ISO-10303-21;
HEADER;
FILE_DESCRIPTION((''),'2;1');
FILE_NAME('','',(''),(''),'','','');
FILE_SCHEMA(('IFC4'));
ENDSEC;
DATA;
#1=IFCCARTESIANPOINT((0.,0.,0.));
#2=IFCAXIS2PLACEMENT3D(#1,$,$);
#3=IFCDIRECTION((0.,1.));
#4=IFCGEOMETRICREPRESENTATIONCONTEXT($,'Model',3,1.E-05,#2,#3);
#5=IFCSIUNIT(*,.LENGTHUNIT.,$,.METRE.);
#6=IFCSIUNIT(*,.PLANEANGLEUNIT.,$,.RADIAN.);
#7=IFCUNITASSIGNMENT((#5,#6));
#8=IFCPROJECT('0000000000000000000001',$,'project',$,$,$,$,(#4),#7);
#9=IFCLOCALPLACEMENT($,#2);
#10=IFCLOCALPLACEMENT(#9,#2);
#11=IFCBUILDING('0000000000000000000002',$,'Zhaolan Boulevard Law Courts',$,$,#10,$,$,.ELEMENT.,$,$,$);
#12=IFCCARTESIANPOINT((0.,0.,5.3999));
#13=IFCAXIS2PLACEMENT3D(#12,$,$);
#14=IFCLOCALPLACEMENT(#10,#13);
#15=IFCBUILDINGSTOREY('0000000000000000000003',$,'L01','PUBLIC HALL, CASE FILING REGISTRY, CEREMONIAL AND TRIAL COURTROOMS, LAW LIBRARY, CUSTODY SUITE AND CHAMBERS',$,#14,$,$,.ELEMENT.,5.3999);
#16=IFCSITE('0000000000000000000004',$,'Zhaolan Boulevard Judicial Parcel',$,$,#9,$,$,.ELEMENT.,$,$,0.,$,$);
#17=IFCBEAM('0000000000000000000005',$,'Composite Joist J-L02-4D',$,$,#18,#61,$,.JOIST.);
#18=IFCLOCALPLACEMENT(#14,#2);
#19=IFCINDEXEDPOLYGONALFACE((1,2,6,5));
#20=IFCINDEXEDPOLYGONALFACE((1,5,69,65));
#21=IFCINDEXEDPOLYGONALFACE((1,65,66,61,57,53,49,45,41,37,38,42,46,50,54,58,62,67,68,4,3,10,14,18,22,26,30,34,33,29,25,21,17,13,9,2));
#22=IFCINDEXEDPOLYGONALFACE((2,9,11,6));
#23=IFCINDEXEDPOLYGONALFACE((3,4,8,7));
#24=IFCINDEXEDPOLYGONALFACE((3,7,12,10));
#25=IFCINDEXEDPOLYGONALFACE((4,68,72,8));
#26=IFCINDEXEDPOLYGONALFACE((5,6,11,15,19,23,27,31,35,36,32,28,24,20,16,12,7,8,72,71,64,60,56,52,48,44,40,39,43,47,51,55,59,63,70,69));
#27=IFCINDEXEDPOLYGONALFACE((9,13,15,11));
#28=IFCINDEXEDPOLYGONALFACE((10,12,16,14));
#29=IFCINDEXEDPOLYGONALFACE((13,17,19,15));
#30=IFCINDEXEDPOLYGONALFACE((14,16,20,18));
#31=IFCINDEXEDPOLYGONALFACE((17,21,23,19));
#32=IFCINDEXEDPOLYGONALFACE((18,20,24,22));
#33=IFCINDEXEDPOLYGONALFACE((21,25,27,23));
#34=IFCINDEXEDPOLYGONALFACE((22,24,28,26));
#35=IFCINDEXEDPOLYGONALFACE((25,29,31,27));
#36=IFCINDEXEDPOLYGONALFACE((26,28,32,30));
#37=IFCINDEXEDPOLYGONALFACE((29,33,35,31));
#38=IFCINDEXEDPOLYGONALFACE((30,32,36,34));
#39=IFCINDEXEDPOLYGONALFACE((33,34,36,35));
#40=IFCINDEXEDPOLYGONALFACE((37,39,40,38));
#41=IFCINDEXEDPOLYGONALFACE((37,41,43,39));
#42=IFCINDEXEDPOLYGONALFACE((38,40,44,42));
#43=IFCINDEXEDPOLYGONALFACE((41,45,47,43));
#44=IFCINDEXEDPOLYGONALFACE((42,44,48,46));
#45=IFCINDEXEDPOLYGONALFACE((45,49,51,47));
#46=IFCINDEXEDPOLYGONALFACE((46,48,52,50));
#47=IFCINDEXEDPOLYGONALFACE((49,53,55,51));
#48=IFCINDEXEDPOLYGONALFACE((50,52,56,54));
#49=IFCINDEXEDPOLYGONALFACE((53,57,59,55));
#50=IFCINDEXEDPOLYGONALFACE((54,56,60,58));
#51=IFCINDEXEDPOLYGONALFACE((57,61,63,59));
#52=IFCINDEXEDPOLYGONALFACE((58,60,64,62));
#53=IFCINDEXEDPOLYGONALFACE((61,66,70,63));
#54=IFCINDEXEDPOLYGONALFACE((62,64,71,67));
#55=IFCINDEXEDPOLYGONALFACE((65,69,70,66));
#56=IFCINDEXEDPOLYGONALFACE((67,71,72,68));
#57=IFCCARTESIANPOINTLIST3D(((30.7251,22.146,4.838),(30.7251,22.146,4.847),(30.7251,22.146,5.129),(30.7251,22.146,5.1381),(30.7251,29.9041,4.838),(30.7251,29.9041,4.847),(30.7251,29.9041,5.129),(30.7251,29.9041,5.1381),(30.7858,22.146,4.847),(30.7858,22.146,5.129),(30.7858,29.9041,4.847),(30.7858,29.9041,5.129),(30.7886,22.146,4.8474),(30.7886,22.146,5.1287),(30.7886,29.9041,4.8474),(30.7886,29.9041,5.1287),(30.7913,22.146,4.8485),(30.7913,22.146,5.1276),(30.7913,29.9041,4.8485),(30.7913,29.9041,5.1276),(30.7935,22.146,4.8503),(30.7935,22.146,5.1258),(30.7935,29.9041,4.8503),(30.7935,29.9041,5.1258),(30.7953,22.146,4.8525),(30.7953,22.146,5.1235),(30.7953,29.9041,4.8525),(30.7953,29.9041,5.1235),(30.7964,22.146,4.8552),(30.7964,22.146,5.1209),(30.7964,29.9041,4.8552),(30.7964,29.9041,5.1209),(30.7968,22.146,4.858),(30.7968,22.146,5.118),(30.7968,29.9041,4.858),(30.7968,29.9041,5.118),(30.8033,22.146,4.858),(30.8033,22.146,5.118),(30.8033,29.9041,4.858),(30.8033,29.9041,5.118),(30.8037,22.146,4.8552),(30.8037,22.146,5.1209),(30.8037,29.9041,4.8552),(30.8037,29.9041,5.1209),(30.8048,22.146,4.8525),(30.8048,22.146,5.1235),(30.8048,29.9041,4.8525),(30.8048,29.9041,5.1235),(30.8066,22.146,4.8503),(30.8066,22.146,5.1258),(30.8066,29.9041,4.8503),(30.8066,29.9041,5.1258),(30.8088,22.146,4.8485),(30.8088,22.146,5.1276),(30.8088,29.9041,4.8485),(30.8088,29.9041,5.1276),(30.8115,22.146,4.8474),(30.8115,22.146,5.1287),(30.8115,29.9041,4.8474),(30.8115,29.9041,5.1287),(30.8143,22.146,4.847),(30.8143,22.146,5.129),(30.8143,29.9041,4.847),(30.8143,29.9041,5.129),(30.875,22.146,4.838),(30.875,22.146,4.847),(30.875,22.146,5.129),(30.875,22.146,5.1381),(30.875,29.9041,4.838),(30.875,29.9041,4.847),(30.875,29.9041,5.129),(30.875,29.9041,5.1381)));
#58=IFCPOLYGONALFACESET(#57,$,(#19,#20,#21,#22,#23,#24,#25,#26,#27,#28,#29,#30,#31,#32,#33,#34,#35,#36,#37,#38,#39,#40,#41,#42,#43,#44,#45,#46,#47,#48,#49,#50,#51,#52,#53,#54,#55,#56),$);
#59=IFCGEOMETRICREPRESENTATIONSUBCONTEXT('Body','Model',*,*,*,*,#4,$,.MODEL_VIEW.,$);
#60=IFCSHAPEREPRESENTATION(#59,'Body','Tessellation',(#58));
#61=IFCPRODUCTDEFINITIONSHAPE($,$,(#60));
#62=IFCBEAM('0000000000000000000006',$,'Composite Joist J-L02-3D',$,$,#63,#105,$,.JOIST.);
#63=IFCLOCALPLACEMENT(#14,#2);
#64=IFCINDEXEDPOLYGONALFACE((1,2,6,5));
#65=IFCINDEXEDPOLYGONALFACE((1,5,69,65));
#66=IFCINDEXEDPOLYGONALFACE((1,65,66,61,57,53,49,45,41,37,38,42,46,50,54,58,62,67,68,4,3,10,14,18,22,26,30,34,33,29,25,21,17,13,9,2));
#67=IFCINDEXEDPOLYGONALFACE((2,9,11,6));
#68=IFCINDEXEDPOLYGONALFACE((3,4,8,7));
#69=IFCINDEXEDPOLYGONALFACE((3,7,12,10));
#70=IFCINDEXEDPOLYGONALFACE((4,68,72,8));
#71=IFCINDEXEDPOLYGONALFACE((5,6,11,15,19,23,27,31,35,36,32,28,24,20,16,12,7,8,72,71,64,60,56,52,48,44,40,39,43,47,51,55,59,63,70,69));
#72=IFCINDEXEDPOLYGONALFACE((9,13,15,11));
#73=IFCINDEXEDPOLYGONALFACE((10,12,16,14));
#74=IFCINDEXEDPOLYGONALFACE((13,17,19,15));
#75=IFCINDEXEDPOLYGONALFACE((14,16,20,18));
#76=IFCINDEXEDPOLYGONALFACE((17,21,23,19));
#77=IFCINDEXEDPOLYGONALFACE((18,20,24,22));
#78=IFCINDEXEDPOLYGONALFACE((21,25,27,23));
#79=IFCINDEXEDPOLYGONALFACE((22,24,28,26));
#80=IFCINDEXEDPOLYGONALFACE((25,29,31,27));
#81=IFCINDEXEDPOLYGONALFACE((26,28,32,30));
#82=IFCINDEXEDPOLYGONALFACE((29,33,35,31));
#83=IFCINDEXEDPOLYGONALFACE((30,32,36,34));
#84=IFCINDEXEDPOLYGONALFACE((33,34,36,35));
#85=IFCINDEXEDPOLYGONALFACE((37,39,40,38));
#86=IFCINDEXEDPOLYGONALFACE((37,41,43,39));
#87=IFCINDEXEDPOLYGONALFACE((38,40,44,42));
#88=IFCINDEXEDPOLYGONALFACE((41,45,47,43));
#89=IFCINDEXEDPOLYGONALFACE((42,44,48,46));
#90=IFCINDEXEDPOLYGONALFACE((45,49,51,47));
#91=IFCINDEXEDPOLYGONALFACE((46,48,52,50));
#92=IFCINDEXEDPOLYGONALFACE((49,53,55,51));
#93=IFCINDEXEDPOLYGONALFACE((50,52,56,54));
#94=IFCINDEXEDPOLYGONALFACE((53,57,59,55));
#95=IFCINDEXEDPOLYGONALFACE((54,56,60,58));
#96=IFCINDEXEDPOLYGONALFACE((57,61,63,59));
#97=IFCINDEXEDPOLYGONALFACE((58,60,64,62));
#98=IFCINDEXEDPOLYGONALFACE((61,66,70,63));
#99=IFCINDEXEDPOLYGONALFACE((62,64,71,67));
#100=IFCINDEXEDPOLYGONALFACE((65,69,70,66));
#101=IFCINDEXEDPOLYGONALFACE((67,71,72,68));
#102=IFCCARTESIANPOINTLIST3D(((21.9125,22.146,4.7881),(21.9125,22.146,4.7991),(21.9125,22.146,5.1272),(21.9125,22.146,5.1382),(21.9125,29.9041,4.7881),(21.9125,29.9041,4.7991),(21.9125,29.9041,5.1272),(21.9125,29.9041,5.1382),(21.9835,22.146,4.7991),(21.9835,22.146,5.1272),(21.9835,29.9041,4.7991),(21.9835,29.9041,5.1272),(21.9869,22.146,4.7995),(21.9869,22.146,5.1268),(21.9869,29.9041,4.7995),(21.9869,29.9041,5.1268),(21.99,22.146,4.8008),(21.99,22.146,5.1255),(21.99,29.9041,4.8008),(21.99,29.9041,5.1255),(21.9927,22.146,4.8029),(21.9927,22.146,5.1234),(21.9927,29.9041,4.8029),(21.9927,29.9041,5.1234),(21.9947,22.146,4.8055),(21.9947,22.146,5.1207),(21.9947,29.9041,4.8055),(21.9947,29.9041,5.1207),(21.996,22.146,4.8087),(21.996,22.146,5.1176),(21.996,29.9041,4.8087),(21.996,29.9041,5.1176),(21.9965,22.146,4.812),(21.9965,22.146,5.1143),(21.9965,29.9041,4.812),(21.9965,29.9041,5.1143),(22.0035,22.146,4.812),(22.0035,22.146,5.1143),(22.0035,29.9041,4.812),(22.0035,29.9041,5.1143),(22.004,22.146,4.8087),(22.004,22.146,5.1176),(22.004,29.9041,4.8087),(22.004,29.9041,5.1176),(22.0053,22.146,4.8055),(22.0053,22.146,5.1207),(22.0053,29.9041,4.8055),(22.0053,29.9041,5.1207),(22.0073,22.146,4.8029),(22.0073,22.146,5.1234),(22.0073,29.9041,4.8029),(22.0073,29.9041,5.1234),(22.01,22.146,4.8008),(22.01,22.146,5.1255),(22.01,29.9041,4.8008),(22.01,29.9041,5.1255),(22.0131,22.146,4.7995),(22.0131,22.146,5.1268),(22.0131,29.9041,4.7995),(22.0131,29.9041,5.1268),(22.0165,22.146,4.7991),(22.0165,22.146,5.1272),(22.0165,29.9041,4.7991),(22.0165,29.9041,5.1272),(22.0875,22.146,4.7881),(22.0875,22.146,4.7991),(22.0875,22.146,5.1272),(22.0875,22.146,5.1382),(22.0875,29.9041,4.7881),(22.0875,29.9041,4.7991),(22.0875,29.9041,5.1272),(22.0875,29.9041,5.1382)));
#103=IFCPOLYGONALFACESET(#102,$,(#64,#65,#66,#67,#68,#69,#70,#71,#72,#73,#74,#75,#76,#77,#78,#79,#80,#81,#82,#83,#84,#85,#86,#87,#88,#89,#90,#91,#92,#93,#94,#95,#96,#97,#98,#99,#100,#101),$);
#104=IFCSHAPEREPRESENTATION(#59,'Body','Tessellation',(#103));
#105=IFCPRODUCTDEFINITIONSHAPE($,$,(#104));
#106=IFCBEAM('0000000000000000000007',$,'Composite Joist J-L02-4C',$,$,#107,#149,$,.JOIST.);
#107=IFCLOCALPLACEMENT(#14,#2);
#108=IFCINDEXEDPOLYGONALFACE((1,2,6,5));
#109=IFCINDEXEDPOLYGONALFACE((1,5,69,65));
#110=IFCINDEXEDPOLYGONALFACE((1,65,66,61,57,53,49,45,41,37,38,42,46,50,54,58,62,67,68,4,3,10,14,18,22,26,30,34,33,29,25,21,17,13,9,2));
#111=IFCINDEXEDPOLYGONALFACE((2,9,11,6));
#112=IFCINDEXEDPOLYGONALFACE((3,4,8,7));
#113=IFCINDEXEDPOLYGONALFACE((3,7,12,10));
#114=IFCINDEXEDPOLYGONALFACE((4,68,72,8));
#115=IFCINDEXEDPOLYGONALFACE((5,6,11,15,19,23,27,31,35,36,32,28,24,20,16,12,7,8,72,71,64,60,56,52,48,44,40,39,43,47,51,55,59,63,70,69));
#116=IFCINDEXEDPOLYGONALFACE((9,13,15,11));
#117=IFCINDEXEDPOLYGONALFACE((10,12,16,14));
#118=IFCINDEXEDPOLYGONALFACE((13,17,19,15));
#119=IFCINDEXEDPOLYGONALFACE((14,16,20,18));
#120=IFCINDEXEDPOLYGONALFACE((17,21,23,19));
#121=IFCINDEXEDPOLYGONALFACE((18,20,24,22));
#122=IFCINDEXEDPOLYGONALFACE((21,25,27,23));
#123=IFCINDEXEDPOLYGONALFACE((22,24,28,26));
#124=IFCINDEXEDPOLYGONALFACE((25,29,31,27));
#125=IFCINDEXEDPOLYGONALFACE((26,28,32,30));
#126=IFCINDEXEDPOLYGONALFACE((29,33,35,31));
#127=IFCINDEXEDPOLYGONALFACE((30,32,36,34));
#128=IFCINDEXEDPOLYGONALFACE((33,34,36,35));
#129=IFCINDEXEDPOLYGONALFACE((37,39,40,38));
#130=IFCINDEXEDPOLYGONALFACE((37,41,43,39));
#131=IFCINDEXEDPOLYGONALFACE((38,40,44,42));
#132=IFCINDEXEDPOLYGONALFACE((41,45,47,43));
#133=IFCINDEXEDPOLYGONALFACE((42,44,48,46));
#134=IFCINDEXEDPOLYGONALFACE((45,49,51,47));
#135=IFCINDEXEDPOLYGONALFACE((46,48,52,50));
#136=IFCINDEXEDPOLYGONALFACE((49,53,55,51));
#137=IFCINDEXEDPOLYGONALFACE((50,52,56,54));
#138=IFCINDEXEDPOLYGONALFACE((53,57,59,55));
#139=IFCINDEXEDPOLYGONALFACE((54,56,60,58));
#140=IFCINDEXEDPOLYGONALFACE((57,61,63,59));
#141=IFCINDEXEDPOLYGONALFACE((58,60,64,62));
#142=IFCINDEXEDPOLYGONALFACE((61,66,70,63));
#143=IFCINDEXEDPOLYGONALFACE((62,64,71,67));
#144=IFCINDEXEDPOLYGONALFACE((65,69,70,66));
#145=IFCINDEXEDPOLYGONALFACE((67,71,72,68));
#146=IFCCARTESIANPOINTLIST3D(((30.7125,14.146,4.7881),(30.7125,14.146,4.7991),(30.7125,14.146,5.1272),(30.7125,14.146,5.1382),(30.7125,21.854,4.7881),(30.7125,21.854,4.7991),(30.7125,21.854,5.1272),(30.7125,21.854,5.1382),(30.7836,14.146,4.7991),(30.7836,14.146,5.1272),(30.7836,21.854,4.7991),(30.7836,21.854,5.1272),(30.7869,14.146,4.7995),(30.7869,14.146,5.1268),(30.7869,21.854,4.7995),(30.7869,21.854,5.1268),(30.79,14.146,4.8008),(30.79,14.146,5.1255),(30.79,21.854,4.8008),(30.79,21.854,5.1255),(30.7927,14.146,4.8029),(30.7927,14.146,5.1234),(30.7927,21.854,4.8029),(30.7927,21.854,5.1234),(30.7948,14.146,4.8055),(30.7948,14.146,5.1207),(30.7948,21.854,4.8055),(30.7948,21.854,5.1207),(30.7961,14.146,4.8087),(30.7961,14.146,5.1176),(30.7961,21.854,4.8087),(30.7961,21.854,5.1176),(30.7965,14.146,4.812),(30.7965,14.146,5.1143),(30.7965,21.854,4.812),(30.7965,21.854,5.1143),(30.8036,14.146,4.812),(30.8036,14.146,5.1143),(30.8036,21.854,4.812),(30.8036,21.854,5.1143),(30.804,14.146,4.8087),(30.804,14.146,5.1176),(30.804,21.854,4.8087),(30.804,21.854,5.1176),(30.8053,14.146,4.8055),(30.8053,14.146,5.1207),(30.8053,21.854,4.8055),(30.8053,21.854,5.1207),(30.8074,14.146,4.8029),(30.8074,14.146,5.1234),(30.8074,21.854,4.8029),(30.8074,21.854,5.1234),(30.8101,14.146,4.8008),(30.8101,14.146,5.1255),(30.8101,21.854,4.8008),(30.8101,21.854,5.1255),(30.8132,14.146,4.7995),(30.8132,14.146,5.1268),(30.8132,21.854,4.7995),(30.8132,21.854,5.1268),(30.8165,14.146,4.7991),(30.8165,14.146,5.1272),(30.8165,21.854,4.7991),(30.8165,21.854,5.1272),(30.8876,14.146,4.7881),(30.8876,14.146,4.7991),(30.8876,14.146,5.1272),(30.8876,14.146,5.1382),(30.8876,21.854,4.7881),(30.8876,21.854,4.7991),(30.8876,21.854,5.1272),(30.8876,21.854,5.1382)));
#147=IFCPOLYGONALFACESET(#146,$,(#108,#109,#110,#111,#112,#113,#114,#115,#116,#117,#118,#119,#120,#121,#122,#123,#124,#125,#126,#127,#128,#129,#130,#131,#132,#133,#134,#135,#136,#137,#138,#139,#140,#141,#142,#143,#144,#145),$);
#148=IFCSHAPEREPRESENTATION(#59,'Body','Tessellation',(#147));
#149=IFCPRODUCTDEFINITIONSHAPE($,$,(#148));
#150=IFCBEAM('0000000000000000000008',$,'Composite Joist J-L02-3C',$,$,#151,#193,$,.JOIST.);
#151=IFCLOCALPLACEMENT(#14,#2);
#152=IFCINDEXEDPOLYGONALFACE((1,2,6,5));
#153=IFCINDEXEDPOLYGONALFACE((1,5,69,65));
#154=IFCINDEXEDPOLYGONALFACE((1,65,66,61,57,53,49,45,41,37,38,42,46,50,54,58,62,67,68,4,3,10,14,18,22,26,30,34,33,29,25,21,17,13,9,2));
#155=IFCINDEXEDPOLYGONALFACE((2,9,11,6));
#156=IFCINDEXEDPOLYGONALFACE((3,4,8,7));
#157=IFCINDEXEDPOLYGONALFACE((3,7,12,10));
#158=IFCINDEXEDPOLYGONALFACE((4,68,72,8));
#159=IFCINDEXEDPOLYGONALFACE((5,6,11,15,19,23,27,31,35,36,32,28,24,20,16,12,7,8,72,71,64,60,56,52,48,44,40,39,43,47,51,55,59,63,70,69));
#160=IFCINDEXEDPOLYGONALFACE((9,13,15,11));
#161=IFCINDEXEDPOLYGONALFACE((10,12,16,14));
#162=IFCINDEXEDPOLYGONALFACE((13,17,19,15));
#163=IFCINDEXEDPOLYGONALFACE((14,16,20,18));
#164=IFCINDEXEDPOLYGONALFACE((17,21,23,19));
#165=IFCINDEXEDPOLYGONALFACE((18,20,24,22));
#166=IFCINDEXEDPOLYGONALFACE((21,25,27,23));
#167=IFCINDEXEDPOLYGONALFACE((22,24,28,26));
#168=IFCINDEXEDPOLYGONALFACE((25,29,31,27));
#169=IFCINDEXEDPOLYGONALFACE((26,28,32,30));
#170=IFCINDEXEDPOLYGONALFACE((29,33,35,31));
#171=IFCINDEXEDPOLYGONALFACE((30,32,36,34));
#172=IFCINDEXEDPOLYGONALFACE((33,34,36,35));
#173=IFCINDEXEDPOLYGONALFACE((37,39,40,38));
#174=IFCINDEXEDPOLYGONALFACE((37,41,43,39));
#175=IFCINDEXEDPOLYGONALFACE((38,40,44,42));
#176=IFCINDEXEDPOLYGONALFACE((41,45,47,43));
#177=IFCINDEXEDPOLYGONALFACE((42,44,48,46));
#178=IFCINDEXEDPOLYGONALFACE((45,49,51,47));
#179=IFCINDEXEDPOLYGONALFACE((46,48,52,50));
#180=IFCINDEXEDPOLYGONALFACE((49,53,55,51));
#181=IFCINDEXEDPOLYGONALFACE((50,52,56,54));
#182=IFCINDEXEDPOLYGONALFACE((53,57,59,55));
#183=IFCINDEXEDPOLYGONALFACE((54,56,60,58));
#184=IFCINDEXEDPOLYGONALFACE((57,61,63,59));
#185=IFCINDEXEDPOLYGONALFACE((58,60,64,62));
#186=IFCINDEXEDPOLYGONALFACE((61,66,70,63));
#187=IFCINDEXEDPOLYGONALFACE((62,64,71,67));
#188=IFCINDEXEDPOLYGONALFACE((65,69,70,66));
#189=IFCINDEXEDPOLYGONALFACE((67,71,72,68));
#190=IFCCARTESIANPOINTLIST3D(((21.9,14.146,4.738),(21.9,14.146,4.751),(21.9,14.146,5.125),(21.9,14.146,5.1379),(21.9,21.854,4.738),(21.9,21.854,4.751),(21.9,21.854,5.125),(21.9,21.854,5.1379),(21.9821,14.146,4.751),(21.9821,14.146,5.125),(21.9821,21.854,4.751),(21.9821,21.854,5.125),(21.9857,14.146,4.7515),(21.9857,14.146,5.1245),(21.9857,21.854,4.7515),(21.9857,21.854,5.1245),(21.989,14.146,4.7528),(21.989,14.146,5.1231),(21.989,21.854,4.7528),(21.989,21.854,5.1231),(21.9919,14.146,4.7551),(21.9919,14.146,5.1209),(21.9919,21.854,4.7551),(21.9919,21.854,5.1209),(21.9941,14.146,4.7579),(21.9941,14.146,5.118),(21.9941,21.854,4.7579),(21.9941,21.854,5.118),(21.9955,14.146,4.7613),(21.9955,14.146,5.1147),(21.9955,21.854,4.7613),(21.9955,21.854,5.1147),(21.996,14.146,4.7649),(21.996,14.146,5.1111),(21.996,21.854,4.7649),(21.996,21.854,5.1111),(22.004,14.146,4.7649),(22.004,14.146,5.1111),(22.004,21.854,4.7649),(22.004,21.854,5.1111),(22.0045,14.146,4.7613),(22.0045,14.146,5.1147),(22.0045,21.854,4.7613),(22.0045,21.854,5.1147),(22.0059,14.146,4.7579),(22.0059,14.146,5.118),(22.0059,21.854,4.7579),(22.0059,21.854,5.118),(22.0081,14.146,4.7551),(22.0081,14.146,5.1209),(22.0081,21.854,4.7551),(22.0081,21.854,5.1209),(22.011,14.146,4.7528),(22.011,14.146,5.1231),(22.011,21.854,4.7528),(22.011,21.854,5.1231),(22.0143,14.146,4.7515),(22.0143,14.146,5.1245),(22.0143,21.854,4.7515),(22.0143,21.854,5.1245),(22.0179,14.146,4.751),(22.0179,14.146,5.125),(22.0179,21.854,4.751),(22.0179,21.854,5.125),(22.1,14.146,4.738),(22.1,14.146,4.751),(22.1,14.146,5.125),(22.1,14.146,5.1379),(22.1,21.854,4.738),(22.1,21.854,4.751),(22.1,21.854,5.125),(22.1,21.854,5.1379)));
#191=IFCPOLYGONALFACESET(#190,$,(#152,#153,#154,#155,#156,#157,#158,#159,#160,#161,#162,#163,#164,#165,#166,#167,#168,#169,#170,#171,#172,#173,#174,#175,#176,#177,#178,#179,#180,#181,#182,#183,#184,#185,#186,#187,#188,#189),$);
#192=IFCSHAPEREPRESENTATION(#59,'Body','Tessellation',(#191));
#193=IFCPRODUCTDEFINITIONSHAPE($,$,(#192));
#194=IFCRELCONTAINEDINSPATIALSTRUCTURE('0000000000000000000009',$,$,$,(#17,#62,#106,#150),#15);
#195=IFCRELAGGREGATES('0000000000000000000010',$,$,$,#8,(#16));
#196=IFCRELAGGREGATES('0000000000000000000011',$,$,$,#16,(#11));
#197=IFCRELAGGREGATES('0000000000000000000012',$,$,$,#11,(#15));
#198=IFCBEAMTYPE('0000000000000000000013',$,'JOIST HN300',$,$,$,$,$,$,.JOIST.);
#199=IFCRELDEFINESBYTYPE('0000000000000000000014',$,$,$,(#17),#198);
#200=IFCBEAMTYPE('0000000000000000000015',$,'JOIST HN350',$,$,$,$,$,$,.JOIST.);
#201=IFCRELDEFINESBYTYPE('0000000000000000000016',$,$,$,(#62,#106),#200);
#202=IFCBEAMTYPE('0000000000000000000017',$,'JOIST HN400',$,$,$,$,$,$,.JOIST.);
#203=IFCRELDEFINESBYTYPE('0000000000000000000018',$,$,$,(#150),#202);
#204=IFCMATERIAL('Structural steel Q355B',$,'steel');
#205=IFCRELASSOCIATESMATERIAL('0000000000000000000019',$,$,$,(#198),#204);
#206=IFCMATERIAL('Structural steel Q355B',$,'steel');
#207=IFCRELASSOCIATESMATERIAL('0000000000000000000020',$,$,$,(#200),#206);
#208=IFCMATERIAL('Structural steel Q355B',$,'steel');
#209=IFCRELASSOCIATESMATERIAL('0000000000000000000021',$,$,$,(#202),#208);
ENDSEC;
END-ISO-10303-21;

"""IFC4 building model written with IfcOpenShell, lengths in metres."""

from ifc_helpers import new_model, si_unit, direction, frame, origin, origin_2d, place, context, subcontext, project, spatial, i_section, extrude, material, material_profile, profile_set, type_object, element, save


model = new_model("IFC4")

# Units and contexts
model_context = context("Model", 3, precision=1e-05, world=origin(), true_north=direction((0.0, 1.0)))
body_context = subcontext(model_context, "Body", "Model", "MODEL_VIEW")
ifc_project = project(units=[si_unit("LENGTHUNIT", "METRE"), si_unit("PLANEANGLEUNIT", "RADIAN")], contexts=[model_context])

# Site, building, storey
site_placement = place(None, origin())
site = spatial("IfcSite", under=ifc_project, at=site_placement, Name="Zhaolan Boulevard Judicial Parcel", CompositionType="ELEMENT", RefElevation=0.0)
building_placement = place(site_placement, origin())
building = spatial("IfcBuilding", under=site, at=building_placement, Name="Zhaolan Boulevard Law Courts", CompositionType="ELEMENT")
storey_placement = place(building_placement, frame((0.0, 0.0, 5.3999)))
storey = spatial("IfcBuildingStorey", under=building, at=storey_placement, Name="L01", Description="PUBLIC HALL, CASE FILING REGISTRY, CEREMONIAL AND TRIAL COURTROOMS, LAW LIBRARY, CUSTODY SUITE AND CHAMBERS", CompositionType="ELEMENT", Elevation=5.3999)

# Beams
ifc_material_1 = material(Name="Structural steel Q355B", Category="steel")
ifc_material_profile_1 = material_profile(ifc_material_1, i_section(OverallWidth=0.1499, OverallDepth=0.3, WebThickness=0.0066, FlangeThickness=0.009, FilletRadius=0.011, at=origin_2d()), Name="HN300x150")
ifc_profile_set_1 = profile_set([ifc_material_profile_1], Name="Structural steel Q355B")
beam_type_1 = type_object("IfcBeamType", Name="JOIST HN300", PredefinedType="JOIST", material=ifc_profile_set_1)
beam_1_placement = place(storey_placement, frame((30.8, 22.146, 4.988), z_axis=(0.0, 1.0, 0.0), x_axis=(-1.0, 0.0, 0.0)))
element("IfcBeam", 1, at=beam_1_placement, inside=storey, type_object=beam_type_1, Name="Composite Joist J-L02-4D", PredefinedType="JOIST", context=body_context, shape_type="SweptSolid", body=[
    extrude(i_section(OverallWidth=0.1499, OverallDepth=0.3, WebThickness=0.0066, FlangeThickness=0.009, FilletRadius=0.011, at=origin_2d()), origin(), (0.0, 0.0, 1.0), 7.7581),
])
ifc_material_2 = material(Name="Structural steel Q355B", Category="steel")
ifc_material_profile_2 = material_profile(ifc_material_2, i_section(OverallWidth=0.175, OverallDepth=0.3501, WebThickness=0.0071, FlangeThickness=0.011, FilletRadius=0.0129, at=origin_2d()), Name="HN350x175")
ifc_profile_set_2 = profile_set([ifc_material_profile_2], Name="Structural steel Q355B")
beam_type_2 = type_object("IfcBeamType", Name="JOIST HN350", PredefinedType="JOIST", material=ifc_profile_set_2)
beam_2_placement = place(storey_placement, frame((22.0, 22.146, 4.9631), z_axis=(0.0, 1.0, 0.0), x_axis=(-1.0, 0.0, 0.0)))
element("IfcBeam", 2, at=beam_2_placement, inside=storey, type_object=beam_type_2, Name="Composite Joist J-L02-3D", PredefinedType="JOIST", context=body_context, shape_type="SweptSolid", body=[
    extrude(i_section(OverallWidth=0.175, OverallDepth=0.3501, WebThickness=0.0071, FlangeThickness=0.011, FilletRadius=0.0129, at=origin_2d()), origin(), (0.0, 0.0, 1.0), 7.7581),
])
beam_3_placement = place(storey_placement, frame((30.8, 14.146, 4.9631), z_axis=(0.0, 1.0, 0.0), x_axis=(-1.0, 0.0, 0.0)))
element("IfcBeam", 3, at=beam_3_placement, inside=storey, type_object=beam_type_2, Name="Composite Joist J-L02-4C", PredefinedType="JOIST", context=body_context, shape_type="SweptSolid", body=[
    extrude(i_section(OverallWidth=0.175, OverallDepth=0.3501, WebThickness=0.0071, FlangeThickness=0.011, FilletRadius=0.0129, at=origin_2d()), origin(), (0.0, 0.0, 1.0), 7.708),
])
ifc_material_3 = material(Name="Structural steel Q355B", Category="steel")
ifc_material_profile_3 = material_profile(ifc_material_3, i_section(OverallWidth=0.2, OverallDepth=0.3999, WebThickness=0.0081, FlangeThickness=0.0129, FilletRadius=0.0139, at=origin_2d()), Name="HN400x200")
ifc_profile_set_3 = profile_set([ifc_material_profile_3], Name="Structural steel Q355B")
beam_type_3 = type_object("IfcBeamType", Name="JOIST HN400", PredefinedType="JOIST", material=ifc_profile_set_3)
beam_4_placement = place(storey_placement, frame((22.0, 14.146, 4.938), z_axis=(0.0, 1.0, 0.0), x_axis=(-1.0, 0.0, 0.0)))
element("IfcBeam", 4, at=beam_4_placement, inside=storey, type_object=beam_type_3, Name="Composite Joist J-L02-3C", PredefinedType="JOIST", context=body_context, shape_type="SweptSolid", body=[
    extrude(i_section(OverallWidth=0.2, OverallDepth=0.3999, WebThickness=0.0081, FlangeThickness=0.0129, FilletRadius=0.0139, at=origin_2d()), origin(), (0.0, 0.0, 1.0), 7.708),
])

save(model, "model.ifc")
